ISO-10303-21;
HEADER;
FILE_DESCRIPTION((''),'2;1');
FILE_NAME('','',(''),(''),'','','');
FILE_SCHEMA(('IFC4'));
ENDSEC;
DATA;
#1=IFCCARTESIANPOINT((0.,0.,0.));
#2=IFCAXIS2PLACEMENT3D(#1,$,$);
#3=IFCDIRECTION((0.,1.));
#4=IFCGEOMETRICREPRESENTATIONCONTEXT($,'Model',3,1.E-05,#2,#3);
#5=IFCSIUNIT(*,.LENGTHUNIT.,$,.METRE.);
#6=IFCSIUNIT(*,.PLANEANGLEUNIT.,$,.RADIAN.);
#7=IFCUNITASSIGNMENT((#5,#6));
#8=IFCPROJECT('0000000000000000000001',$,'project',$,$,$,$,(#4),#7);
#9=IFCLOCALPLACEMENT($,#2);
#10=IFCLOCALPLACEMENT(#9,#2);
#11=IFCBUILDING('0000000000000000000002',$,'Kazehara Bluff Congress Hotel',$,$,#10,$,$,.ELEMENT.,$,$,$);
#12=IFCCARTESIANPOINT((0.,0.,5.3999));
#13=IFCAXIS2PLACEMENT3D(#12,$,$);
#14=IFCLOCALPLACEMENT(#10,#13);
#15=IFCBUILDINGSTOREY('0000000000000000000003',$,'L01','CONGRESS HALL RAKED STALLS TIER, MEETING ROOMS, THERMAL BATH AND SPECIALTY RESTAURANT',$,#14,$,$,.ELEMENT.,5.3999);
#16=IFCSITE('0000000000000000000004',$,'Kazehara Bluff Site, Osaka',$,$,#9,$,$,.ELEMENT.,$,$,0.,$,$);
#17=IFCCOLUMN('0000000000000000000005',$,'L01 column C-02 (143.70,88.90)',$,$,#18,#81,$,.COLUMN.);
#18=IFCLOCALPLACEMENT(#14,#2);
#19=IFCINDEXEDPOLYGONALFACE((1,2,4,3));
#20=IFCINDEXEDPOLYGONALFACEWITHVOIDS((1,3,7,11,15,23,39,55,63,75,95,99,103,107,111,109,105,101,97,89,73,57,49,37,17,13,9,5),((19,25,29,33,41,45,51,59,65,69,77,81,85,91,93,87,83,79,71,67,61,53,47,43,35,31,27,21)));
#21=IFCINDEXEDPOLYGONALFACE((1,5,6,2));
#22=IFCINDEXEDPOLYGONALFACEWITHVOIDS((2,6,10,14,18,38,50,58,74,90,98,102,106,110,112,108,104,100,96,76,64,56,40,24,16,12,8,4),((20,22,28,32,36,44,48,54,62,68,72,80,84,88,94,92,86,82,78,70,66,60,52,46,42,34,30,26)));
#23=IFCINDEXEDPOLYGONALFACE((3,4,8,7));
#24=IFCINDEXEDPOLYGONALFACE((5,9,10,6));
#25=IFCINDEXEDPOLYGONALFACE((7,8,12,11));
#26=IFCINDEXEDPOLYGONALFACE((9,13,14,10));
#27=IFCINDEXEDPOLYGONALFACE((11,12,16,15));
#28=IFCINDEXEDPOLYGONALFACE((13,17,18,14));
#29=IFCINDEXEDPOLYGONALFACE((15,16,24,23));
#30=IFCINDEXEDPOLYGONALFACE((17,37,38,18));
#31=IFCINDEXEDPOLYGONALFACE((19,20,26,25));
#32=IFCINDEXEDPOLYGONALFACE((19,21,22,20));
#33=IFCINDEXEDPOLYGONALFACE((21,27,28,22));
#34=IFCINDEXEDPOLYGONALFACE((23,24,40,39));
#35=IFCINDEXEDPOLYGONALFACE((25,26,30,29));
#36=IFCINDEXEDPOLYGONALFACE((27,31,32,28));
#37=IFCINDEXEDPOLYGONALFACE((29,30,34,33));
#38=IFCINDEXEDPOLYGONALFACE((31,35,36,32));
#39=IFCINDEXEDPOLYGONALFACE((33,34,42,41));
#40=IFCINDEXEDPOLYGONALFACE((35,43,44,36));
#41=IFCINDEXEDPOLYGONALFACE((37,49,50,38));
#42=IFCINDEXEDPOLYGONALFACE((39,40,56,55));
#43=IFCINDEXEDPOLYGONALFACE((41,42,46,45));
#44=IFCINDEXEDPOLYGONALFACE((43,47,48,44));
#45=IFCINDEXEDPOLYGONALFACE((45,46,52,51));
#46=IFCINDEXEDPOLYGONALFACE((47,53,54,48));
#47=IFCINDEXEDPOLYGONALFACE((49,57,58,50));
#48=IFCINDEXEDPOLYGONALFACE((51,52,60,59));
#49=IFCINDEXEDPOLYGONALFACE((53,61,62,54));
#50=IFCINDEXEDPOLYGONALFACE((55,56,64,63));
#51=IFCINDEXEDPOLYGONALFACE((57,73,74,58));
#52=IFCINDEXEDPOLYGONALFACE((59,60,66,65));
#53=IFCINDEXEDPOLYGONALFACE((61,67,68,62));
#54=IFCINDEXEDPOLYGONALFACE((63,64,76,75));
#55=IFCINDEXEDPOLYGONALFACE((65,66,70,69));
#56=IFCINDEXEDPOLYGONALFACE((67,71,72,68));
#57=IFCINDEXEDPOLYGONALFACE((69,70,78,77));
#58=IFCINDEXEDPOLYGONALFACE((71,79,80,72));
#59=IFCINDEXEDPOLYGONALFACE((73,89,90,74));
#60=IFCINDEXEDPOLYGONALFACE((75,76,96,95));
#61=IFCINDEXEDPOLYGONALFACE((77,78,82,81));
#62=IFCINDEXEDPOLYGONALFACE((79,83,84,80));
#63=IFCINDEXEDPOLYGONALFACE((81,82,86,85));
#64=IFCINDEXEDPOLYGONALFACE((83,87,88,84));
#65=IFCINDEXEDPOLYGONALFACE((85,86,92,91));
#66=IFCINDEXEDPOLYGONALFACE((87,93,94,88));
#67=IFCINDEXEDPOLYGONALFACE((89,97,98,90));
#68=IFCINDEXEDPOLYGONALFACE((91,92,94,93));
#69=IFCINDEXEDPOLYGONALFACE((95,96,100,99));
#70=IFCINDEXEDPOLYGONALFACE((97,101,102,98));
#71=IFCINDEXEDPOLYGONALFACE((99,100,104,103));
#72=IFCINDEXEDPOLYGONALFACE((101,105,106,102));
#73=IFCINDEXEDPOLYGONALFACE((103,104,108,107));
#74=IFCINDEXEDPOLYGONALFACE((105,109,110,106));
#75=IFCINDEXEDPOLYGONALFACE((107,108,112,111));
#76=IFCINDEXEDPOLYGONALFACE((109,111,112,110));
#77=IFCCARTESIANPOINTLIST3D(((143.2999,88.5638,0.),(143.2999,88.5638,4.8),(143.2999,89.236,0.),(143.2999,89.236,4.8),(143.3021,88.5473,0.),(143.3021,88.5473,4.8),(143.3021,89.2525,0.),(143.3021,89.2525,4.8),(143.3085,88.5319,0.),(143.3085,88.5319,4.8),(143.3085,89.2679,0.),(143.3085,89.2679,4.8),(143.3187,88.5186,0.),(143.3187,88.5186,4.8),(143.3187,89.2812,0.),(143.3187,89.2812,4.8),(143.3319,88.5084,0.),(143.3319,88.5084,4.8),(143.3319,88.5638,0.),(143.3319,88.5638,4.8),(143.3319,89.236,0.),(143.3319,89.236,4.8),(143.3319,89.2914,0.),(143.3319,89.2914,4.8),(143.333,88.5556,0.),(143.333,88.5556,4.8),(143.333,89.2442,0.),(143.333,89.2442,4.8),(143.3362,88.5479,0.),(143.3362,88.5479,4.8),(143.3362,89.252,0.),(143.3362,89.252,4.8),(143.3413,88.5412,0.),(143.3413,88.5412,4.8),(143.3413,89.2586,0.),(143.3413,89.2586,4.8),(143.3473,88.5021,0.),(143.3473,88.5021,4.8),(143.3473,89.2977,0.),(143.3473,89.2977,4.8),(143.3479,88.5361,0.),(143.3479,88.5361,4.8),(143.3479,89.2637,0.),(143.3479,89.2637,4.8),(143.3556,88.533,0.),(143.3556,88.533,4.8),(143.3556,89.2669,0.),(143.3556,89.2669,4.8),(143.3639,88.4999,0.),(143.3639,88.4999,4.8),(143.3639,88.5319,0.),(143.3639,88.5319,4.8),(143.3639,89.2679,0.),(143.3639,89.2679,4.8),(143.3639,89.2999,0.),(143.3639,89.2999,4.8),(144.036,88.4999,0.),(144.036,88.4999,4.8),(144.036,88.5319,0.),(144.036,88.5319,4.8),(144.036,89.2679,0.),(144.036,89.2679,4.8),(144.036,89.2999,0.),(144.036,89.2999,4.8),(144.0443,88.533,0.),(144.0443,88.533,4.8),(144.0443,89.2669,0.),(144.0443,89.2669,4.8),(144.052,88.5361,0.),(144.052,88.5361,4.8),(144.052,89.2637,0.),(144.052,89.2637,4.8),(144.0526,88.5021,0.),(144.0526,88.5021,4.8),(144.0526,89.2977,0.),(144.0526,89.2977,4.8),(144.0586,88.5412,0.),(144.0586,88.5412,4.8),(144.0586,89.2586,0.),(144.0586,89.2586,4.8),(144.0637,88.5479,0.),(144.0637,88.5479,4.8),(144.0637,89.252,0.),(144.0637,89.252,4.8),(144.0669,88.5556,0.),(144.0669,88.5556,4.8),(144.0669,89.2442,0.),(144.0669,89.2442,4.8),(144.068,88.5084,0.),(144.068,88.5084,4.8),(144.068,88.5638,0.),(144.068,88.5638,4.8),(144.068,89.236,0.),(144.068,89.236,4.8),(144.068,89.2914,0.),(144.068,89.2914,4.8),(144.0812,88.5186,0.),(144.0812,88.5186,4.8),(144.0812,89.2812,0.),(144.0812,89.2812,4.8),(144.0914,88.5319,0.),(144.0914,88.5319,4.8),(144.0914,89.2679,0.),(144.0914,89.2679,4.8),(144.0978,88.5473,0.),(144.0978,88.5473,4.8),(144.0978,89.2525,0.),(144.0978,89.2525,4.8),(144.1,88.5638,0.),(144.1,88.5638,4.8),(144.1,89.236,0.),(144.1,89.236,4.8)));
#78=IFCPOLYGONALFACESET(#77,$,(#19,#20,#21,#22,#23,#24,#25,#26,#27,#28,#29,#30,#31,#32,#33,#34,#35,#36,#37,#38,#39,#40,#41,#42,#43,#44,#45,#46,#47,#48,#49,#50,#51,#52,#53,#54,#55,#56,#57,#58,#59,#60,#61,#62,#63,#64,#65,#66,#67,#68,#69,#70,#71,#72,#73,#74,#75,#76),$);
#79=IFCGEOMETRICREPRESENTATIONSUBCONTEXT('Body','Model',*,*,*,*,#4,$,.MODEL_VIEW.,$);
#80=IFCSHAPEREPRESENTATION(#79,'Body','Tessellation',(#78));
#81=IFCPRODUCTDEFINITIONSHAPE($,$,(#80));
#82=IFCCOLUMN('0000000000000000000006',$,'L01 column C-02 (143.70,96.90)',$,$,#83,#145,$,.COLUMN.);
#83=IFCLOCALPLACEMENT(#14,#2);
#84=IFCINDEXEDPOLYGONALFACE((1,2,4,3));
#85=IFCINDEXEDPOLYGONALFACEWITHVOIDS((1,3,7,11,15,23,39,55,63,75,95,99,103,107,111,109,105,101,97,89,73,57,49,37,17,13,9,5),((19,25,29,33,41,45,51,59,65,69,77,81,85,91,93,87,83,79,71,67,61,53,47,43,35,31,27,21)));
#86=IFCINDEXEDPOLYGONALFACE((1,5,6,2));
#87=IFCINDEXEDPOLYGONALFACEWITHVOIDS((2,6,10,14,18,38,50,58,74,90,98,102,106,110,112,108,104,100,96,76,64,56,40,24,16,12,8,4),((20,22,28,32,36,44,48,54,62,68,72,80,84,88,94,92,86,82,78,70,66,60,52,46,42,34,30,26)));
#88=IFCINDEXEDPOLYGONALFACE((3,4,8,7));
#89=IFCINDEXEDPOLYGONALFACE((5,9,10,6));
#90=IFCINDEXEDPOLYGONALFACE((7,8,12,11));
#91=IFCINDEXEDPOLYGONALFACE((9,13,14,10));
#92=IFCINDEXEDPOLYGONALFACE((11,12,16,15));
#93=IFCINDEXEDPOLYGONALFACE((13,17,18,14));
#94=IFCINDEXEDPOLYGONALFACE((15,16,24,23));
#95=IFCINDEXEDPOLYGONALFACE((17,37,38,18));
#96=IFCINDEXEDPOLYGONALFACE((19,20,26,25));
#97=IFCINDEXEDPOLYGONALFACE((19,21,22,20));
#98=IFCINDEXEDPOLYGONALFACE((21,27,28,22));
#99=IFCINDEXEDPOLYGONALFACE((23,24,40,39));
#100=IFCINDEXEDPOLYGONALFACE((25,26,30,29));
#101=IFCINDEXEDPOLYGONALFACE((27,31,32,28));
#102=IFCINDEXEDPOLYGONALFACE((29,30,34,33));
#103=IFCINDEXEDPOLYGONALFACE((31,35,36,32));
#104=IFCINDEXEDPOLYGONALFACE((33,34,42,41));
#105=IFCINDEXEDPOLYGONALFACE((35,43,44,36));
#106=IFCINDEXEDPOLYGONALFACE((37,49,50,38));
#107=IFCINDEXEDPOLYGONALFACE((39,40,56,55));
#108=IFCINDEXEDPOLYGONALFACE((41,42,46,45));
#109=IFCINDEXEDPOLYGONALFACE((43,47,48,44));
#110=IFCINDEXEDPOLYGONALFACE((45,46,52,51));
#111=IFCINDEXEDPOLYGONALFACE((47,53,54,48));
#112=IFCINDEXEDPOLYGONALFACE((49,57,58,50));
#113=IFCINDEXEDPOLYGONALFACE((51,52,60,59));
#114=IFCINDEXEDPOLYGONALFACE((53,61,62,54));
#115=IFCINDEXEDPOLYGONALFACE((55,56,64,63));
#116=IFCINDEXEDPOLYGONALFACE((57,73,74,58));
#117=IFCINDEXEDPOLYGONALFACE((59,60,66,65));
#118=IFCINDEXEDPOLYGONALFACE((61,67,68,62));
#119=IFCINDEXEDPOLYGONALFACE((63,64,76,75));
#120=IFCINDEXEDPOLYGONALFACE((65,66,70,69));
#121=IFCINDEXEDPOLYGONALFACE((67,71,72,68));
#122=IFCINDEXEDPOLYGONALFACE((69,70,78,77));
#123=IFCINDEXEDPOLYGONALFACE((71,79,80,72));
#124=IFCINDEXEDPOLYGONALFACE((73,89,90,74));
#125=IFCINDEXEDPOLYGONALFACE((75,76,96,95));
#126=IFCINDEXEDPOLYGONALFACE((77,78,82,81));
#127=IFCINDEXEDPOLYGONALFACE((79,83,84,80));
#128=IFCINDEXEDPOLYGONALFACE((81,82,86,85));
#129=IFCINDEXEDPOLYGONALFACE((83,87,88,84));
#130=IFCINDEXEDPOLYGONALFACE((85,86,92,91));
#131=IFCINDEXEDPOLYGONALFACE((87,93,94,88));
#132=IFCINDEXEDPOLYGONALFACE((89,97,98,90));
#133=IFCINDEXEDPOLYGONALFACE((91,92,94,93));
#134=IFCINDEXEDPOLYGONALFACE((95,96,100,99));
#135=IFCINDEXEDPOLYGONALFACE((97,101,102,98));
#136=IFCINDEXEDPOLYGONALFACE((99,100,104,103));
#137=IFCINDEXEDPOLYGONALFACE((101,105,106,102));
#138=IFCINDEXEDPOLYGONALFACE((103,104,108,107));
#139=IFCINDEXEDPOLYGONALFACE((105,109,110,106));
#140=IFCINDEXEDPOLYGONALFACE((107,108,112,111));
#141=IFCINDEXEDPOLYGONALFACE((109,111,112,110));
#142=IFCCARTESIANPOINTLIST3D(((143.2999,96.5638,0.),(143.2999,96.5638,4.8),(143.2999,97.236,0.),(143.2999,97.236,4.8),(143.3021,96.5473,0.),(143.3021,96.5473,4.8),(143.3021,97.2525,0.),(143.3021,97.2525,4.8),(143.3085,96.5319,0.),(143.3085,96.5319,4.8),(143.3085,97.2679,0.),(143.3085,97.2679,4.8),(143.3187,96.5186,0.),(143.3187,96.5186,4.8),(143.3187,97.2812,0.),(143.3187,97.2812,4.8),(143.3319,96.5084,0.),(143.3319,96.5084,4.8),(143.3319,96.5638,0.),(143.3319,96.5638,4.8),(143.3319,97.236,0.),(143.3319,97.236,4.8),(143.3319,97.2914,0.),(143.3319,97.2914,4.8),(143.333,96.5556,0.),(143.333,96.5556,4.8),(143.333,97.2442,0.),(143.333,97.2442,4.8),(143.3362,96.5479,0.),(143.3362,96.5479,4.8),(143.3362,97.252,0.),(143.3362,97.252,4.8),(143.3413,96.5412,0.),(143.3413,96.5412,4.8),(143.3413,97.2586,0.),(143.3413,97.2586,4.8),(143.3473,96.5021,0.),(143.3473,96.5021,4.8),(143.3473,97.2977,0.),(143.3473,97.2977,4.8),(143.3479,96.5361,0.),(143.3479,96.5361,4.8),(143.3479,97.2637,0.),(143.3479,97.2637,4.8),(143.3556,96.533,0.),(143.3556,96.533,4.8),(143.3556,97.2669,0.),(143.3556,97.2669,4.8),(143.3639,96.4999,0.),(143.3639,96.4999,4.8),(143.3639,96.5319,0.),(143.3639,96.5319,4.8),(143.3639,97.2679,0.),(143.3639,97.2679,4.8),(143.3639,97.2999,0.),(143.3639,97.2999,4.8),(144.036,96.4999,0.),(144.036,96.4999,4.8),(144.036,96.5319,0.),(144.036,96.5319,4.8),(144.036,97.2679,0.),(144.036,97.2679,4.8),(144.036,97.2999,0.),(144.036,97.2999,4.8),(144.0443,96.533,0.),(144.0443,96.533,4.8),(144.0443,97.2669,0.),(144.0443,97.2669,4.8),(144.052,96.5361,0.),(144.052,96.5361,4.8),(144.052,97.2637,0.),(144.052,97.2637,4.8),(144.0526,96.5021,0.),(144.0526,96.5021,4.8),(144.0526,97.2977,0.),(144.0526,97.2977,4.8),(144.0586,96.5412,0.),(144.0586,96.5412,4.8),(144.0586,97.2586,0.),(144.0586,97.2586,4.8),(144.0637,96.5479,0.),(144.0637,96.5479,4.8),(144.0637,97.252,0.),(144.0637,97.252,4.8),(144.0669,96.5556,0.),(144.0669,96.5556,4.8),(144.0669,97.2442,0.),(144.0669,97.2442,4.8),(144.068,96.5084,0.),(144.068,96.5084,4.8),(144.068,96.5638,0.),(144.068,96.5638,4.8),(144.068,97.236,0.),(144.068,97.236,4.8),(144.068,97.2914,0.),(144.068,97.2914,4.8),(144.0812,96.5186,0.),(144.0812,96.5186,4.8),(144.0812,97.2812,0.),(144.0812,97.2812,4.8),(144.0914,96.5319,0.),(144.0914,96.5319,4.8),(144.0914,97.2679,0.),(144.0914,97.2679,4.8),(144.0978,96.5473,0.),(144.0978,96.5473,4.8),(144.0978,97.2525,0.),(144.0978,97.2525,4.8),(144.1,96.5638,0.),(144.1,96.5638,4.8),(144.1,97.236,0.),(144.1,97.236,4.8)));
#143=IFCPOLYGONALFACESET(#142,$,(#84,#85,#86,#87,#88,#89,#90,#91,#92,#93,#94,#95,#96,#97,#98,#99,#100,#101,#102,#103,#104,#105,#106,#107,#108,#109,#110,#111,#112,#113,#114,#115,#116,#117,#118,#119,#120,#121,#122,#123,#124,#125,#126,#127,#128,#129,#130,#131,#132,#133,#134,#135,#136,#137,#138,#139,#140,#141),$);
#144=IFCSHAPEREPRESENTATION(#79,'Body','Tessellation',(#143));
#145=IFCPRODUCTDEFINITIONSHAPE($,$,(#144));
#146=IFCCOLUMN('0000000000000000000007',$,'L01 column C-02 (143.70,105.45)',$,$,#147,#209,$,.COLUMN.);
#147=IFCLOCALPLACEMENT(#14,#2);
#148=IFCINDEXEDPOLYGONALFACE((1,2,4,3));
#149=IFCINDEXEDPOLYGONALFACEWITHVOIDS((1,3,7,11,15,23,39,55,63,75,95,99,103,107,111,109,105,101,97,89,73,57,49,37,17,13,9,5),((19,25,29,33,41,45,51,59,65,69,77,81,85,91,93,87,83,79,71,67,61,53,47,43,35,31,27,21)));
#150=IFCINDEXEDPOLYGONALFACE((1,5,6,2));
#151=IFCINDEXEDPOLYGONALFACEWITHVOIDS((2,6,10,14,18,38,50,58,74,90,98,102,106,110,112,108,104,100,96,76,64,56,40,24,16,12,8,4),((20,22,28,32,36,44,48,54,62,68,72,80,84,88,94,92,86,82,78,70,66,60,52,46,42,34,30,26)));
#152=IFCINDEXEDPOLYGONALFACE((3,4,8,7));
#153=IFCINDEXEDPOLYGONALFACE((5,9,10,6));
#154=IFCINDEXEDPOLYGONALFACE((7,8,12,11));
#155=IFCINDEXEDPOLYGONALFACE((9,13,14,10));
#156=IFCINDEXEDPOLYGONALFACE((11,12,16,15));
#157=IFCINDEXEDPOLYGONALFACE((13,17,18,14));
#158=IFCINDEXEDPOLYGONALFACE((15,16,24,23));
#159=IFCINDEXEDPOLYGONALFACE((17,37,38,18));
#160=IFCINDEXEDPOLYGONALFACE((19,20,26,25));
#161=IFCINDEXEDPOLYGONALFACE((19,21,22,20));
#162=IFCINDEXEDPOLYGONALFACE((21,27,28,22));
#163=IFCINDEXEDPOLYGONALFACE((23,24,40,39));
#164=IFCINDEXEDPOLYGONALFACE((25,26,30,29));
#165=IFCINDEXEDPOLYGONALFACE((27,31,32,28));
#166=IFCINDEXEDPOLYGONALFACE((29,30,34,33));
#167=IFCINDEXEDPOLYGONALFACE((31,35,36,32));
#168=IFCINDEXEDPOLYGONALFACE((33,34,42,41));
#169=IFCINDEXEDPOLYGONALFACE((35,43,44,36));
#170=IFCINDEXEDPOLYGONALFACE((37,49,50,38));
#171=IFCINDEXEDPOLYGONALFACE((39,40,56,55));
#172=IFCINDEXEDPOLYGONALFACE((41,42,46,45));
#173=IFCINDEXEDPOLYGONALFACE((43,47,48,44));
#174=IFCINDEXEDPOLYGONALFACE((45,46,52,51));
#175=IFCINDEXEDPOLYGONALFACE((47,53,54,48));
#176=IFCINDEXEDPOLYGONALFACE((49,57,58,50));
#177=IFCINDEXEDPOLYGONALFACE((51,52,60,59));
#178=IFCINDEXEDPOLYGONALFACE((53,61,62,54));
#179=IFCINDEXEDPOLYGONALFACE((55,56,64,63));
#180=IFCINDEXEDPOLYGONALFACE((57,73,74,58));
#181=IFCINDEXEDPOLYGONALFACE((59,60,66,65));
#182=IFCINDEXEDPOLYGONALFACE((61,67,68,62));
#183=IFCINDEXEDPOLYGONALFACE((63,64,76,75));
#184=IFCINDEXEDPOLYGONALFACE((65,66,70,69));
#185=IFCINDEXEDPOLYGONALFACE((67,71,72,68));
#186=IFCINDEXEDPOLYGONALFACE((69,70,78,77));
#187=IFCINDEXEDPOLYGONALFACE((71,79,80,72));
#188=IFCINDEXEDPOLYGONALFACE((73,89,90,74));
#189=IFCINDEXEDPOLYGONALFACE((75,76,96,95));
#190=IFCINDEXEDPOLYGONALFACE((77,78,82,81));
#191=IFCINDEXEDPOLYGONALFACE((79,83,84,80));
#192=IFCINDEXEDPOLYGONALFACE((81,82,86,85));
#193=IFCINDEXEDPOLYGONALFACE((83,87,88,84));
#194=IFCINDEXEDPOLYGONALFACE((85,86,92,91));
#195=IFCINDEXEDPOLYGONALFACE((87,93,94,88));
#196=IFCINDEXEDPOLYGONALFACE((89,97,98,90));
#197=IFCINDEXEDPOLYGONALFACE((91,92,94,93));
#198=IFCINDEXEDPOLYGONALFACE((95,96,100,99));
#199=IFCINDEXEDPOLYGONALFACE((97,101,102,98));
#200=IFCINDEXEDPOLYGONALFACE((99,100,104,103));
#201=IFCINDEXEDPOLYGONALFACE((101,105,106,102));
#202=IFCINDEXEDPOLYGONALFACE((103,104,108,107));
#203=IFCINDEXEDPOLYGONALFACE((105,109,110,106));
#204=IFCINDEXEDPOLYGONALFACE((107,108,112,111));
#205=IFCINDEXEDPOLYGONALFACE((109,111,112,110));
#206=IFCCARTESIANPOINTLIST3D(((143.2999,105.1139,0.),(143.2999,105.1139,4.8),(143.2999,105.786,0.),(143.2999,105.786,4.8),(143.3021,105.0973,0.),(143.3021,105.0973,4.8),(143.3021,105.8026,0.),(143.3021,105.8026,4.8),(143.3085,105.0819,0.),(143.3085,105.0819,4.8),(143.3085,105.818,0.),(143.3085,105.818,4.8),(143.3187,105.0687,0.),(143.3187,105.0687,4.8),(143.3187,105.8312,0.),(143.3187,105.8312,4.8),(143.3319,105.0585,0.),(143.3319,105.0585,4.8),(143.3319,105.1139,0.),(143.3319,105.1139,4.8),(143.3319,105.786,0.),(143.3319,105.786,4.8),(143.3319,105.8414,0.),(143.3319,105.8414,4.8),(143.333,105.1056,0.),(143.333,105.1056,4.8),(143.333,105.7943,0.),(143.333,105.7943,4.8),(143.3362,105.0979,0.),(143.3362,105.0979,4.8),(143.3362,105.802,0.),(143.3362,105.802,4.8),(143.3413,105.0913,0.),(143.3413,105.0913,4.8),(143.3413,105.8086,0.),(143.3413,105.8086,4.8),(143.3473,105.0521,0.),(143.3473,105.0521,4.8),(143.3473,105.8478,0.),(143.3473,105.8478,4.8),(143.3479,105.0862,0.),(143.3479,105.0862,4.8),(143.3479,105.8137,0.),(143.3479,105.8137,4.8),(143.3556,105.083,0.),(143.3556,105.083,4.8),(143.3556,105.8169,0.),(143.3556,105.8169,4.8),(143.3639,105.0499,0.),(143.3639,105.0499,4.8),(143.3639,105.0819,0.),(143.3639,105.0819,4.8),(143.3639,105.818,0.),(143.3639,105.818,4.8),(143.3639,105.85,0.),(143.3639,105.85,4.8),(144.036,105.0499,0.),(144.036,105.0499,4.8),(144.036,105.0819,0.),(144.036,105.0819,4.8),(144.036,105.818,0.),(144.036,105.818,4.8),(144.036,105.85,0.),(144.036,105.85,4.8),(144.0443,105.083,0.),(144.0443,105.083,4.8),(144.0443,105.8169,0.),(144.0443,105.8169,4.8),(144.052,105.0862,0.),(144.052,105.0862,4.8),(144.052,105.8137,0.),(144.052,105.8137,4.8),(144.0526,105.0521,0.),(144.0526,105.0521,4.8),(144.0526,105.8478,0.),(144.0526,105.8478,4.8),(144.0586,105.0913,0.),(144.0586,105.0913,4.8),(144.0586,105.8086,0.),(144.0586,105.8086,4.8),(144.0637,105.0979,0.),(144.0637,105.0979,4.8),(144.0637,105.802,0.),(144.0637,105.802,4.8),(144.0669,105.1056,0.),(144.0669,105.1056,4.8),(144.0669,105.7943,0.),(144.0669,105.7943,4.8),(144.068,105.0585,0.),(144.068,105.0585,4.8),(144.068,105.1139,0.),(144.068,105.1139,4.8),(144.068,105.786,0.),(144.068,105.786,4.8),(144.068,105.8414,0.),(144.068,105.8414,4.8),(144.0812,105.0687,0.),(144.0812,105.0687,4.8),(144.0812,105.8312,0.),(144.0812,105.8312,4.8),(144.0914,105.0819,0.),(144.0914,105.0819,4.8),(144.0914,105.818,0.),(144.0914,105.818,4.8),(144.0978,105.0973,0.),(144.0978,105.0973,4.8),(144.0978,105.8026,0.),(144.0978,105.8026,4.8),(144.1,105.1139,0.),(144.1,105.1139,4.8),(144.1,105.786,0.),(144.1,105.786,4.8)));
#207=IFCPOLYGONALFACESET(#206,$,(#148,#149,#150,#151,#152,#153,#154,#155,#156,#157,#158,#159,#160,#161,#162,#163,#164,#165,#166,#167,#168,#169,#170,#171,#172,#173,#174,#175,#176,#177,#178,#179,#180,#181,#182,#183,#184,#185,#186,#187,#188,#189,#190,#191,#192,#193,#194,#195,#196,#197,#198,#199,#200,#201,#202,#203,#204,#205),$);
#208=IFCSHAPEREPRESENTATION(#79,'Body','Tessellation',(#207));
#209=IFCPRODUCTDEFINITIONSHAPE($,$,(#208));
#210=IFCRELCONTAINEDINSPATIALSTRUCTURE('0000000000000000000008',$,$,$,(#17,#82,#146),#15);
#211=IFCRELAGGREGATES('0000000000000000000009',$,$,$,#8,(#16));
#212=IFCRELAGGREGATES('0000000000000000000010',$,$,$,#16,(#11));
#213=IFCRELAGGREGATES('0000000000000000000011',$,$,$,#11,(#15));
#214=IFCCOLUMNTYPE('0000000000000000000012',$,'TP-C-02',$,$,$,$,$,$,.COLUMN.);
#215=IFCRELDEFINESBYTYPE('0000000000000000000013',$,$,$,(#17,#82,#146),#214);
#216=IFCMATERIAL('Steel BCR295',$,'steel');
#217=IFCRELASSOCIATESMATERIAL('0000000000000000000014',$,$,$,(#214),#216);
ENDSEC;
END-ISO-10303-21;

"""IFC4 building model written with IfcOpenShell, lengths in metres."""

from ifc_helpers import new_model, si_unit, direction, frame, origin, origin_2d, place, context, subcontext, project, spatial, hollow_rectangle, extrude, material, material_profile, profile_set, type_object, element, save


model = new_model("IFC4")

# Units and contexts
model_context = context("Model", 3, precision=1e-05, world=origin(), true_north=direction((0.0, 1.0)))
body_context = subcontext(model_context, "Body", "Model", "MODEL_VIEW")
ifc_project = project(units=[si_unit("LENGTHUNIT", "METRE"), si_unit("PLANEANGLEUNIT", "RADIAN")], contexts=[model_context])

# Site, building, storey
site_placement = place(None, origin())
site = spatial("IfcSite", under=ifc_project, at=site_placement, Name="Kazehara Bluff Site, Osaka", CompositionType="ELEMENT", RefElevation=0.0)
building_placement = place(site_placement, origin())
building = spatial("IfcBuilding", under=site, at=building_placement, Name="Kazehara Bluff Congress Hotel", CompositionType="ELEMENT")
storey_placement = place(building_placement, frame((0.0, 0.0, 5.3999)))
storey = spatial("IfcBuildingStorey", under=building, at=storey_placement, Name="L01", Description="CONGRESS HALL RAKED STALLS TIER, MEETING ROOMS, THERMAL BATH AND SPECIALTY RESTAURANT", CompositionType="ELEMENT", Elevation=5.3999)

# Columns
ifc_material_1 = material(Name="Steel BCR295", Category="steel")
ifc_material_profile_1 = material_profile(ifc_material_1, hollow_rectangle(XDim=0.8, YDim=0.8, WallThickness=0.032, InnerFilletRadius=0.032, OuterFilletRadius=0.064, at=origin_2d()))
ifc_profile_set_1 = profile_set([ifc_material_profile_1], Name="Steel BCR295")
column_type_1 = type_object("IfcColumnType", Name="TP-C-02", PredefinedType="COLUMN", material=ifc_profile_set_1)
for number, where, z_axis, x_axis, name in (
    (1, (143.7, 88.8999, 0.0), (0.0, 0.0, 1.0), (1.0, 0.0, 0.0), "L01 column C-02 (143.70,88.90)"),
    (2, (143.7, 96.8999, 0.0), (0.0, 0.0, 1.0), (1.0, 0.0, 0.0), "L01 column C-02 (143.70,96.90)"),
    (3, (143.7, 105.45, 0.0), (0.0, 0.0, 1.0), (1.0, 0.0, 0.0), "L01 column C-02 (143.70,105.45)"),
):
    element("IfcColumn", number, at=place(storey_placement, frame(where, z_axis=z_axis, x_axis=x_axis)), inside=storey, type_object=column_type_1, Name=name, PredefinedType="COLUMN", context=body_context, shape_type="SweptSolid", body=[
        extrude(hollow_rectangle(XDim=0.8, YDim=0.8, WallThickness=0.032, InnerFilletRadius=0.032, OuterFilletRadius=0.064, at=origin_2d()), origin(), (0.0, 0.0, 1.0), 4.8),
    ])

save(model, "model.ifc")
